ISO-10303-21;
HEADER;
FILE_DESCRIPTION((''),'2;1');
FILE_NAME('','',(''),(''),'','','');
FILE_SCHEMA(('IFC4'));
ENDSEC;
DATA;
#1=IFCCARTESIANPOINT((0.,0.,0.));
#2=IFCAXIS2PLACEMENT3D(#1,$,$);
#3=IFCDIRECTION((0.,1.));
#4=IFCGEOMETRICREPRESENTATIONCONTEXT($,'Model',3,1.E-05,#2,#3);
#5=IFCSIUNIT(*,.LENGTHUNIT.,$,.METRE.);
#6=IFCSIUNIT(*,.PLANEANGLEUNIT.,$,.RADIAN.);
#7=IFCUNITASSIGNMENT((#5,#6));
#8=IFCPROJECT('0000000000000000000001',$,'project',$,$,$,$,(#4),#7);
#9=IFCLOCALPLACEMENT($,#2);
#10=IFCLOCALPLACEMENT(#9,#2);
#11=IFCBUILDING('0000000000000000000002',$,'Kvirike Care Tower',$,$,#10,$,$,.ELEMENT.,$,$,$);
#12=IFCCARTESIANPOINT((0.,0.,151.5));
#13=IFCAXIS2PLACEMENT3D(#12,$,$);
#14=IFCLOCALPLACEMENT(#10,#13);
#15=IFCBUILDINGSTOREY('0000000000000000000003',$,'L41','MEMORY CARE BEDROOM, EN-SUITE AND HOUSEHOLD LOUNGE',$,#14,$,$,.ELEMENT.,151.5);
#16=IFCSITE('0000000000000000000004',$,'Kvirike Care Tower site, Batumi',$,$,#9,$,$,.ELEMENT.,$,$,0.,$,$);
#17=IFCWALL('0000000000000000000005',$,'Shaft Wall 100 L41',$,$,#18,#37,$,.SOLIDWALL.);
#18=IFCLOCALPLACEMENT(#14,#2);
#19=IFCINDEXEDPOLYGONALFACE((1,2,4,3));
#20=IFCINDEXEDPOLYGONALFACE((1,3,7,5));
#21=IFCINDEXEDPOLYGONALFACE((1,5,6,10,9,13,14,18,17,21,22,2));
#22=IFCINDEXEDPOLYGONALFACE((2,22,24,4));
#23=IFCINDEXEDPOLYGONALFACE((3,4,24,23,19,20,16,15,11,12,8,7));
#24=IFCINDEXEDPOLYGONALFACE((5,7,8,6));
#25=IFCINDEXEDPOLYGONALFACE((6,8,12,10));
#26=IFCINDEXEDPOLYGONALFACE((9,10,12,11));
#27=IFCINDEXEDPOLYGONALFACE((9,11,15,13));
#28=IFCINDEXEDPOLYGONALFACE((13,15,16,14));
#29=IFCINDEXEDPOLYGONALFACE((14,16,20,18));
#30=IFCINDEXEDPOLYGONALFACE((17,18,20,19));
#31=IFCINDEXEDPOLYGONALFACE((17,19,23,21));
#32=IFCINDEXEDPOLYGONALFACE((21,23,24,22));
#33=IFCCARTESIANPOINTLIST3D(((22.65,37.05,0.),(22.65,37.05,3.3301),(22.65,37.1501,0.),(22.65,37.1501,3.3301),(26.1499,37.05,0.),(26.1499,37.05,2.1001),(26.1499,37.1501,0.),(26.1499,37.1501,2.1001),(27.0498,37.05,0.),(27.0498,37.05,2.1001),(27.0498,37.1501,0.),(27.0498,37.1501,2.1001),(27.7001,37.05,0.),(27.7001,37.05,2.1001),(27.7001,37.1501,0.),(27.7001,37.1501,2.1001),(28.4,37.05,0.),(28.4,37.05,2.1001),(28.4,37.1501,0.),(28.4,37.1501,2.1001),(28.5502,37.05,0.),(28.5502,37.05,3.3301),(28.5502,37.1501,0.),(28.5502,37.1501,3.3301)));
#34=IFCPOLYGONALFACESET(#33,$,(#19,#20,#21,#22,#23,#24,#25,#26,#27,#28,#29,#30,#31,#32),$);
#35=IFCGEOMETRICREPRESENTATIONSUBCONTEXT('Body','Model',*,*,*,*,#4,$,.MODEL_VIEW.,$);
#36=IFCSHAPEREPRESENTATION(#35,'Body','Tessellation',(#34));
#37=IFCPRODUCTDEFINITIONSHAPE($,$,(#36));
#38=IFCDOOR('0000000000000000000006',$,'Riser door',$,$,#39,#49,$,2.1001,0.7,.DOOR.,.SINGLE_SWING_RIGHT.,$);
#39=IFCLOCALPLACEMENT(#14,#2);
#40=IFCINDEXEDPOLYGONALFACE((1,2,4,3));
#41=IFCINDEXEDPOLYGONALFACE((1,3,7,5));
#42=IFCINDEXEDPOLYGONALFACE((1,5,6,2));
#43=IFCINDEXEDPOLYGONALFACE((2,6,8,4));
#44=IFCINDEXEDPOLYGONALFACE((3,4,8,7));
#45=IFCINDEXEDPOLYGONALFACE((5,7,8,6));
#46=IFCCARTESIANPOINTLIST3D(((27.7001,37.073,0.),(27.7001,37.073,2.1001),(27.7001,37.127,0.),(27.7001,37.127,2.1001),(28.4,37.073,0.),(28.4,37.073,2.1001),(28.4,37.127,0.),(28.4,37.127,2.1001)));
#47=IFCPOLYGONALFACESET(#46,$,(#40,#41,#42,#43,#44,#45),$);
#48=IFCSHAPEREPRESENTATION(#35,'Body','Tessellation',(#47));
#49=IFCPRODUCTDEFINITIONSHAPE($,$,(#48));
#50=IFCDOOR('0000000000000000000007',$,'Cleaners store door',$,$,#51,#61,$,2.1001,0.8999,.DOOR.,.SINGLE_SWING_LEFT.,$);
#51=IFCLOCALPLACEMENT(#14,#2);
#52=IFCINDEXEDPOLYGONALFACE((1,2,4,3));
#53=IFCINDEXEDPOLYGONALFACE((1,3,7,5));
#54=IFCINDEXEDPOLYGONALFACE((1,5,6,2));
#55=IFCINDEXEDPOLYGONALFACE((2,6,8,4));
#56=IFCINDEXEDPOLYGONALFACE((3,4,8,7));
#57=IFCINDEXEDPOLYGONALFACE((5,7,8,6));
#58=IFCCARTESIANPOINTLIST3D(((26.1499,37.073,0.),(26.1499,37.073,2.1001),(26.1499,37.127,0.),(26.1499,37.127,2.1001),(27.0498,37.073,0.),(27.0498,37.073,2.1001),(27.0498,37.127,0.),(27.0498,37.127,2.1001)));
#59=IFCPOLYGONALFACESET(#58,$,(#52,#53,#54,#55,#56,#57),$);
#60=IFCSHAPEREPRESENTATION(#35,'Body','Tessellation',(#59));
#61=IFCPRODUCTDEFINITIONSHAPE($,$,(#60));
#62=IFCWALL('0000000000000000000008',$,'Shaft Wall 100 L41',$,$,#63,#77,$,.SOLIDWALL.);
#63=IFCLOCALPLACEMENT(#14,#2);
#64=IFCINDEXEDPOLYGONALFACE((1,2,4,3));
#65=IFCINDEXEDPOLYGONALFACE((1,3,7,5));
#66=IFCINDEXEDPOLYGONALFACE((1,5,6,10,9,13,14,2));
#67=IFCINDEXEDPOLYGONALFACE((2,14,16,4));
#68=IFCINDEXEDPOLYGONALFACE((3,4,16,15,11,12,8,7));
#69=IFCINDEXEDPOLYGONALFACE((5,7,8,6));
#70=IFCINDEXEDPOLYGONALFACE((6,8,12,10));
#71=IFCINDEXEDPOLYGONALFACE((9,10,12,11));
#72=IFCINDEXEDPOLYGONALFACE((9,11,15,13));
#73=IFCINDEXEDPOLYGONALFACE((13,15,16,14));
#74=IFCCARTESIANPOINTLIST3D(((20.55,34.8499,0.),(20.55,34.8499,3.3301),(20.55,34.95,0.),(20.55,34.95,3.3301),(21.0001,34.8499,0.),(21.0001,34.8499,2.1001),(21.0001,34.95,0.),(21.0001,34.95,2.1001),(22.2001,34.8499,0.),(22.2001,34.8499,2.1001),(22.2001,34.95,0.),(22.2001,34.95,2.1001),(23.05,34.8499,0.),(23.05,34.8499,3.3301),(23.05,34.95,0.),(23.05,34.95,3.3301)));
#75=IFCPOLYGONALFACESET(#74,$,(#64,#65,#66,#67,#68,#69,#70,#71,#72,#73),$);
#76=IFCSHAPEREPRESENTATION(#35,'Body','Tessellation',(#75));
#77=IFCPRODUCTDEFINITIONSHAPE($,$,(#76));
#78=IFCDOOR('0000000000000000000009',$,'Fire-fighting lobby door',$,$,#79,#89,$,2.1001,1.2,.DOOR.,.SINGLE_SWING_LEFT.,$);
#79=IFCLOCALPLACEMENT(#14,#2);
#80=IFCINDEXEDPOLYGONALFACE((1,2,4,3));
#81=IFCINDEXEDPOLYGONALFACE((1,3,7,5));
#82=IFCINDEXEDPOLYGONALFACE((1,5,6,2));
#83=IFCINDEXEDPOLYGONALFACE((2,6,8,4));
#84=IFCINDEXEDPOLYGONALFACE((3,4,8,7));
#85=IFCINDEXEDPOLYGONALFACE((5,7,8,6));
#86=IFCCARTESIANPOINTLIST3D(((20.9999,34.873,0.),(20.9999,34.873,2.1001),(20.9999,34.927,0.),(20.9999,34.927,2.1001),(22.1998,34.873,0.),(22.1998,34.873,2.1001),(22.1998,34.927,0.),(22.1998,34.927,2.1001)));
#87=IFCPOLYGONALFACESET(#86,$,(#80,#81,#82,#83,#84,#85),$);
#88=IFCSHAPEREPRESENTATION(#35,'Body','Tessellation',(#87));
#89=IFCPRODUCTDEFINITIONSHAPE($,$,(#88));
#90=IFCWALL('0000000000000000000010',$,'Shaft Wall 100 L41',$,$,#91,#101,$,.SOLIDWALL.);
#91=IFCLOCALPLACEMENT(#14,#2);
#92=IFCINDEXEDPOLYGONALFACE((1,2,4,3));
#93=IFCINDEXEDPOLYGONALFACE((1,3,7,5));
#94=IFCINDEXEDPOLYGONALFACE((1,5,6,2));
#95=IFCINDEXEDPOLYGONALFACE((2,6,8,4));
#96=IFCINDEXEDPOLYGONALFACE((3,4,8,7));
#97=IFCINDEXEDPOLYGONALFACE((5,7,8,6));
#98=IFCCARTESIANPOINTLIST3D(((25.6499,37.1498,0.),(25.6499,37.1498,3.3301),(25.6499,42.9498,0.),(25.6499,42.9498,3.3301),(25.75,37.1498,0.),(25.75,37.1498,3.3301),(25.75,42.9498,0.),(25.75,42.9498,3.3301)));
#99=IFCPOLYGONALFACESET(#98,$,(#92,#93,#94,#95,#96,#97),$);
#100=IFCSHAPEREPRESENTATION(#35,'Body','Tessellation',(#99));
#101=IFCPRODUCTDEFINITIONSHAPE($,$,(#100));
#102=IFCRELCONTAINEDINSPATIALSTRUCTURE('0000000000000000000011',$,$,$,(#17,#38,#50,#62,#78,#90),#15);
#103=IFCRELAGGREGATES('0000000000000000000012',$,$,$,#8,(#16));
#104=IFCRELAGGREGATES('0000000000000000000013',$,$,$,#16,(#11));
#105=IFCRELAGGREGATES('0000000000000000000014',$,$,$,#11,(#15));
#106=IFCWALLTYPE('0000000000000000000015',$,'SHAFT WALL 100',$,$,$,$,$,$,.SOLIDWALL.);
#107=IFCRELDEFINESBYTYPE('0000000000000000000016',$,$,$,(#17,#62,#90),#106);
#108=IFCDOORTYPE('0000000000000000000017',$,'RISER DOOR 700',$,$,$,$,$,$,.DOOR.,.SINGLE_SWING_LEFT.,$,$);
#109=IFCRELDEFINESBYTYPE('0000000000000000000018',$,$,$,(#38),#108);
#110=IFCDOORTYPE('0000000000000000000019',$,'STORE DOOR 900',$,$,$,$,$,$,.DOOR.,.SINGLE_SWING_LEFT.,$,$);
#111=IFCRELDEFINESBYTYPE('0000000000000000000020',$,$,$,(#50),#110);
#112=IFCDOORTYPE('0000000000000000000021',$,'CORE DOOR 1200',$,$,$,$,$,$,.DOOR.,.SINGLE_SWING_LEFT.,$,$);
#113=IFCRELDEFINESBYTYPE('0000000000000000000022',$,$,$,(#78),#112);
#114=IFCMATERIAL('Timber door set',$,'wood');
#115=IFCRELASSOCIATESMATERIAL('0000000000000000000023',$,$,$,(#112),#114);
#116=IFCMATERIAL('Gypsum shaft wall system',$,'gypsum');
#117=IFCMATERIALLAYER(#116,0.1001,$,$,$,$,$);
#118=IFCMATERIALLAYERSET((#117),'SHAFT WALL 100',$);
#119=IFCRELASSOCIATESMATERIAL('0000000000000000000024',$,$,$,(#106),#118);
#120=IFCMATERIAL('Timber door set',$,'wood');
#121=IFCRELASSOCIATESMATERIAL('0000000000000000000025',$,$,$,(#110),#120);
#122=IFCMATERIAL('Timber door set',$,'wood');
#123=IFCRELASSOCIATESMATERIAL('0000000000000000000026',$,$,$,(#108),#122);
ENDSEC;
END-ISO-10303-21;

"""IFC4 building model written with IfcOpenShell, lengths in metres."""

from ifc_helpers import new_model, si_unit, direction, frame, frame_2d, origin, place, context, subcontext, project, spatial, rectangle, extrude, material, layer, layer_set, type_object, element, fill, save


model = new_model("IFC4")

# Units and contexts
model_context = context("Model", 3, precision=1e-05, world=origin(), true_north=direction((0.0, 1.0)))
body_context = subcontext(model_context, "Body", "Model", "MODEL_VIEW")
ifc_project = project(units=[si_unit("LENGTHUNIT", "METRE"), si_unit("PLANEANGLEUNIT", "RADIAN")], contexts=[model_context])

# Site, building, storey
site_placement = place(None, origin())
site = spatial("IfcSite", under=ifc_project, at=site_placement, Name="Kvirike Care Tower site, Batumi", CompositionType="ELEMENT", RefElevation=0.0)
building_placement = place(site_placement, origin())
building = spatial("IfcBuilding", under=site, at=building_placement, Name="Kvirike Care Tower", CompositionType="ELEMENT")
storey_placement = place(building_placement, frame((0.0, 0.0, 151.5)))
storey = spatial("IfcBuildingStorey", under=building, at=storey_placement, Name="L41", Description="MEMORY CARE BEDROOM, EN-SUITE AND HOUSEHOLD LOUNGE", CompositionType="ELEMENT", Elevation=151.5)

# Shared definitions
ifc_material_1 = material(Name="Timber door set", Category="wood")
door_type_1 = type_object("IfcDoorType", Name="CORE DOOR 1200", OperationType="SINGLE_SWING_LEFT", PredefinedType="DOOR", material=ifc_material_1)

# Shared definitions
ifc_material_2 = material(Name="Gypsum shaft wall system", Category="gypsum")
ifc_layer_1 = layer(ifc_material_2, 0.1001)
ifc_layer_set_1 = layer_set([ifc_layer_1], Name="SHAFT WALL 100")
wall_type_1 = type_object("IfcWallType", Name="SHAFT WALL 100", PredefinedType="SOLIDWALL", material=ifc_layer_set_1)

# Shared definitions
ifc_material_3 = material(Name="Timber door set", Category="wood")
door_type_2 = type_object("IfcDoorType", Name="STORE DOOR 900", OperationType="SINGLE_SWING_LEFT", PredefinedType="DOOR", material=ifc_material_3)

# Wall, openings, doors
wall_1_placement = place(storey_placement, frame((22.6499, 37.1001, 0.0), z_axis=(0.0, 0.0, 1.0), x_axis=(1.0, 0.0, 0.0)))
wall_1 = element("IfcWall", 1, at=wall_1_placement, inside=storey, type_object=wall_type_1, Name="Shaft Wall 100 L41", PredefinedType="SOLIDWALL", context=body_context, shape_type="SweptSolid", body=[
    extrude(rectangle(XDim=5.9001, YDim=0.1001, at=frame_2d((2.9502, 0.0))), origin(), (0.0, 0.0, 1.0), 3.3301),
])
opening_1_placement = place(wall_1_placement, frame((3.5, 0.0, 0.0)))
opening_1 = element("IfcOpeningElement", 2, at=opening_1_placement, cuts=wall_1, PredefinedType="OPENING", context=body_context, shape_type="SweptSolid", body=[
    extrude(rectangle(XDim=0.8999, YDim=2.1001, at=frame_2d((0.45, 1.05))), frame((0.0, 0.0605, 0.0), z_axis=(0.0, -1.0, 0.0), x_axis=(1.0, 0.0, 0.0)), (0.0, 0.0, 1.0), 0.1211),
])
opening_2_placement = place(wall_1_placement, frame((5.05, 0.0, 0.0)))
opening_2 = element("IfcOpeningElement", 3, at=opening_2_placement, cuts=wall_1, PredefinedType="OPENING", context=body_context, shape_type="SweptSolid", body=[
    extrude(rectangle(XDim=0.7, YDim=2.1001, at=frame_2d((0.3501, 1.05))), frame((0.0, 0.0605, 0.0), z_axis=(0.0, -1.0, 0.0), x_axis=(1.0, 0.0, 0.0)), (0.0, 0.0, 1.0), 0.1211),
])
ifc_material_4 = material(Name="Timber door set", Category="wood")
door_type_3 = type_object("IfcDoorType", Name="RISER DOOR 700", OperationType="SINGLE_SWING_LEFT", PredefinedType="DOOR", material=ifc_material_4)
door_1_placement = place(opening_2_placement, origin())
door_1 = element("IfcDoor", 4, at=door_1_placement, inside=storey, type_object=door_type_3, Name="Riser door", OperationType="SINGLE_SWING_RIGHT", OverallHeight=2.1001, OverallWidth=0.7, PredefinedType="DOOR", context=body_context, shape_type="SweptSolid", body=[
    extrude(rectangle(XDim=0.7, YDim=2.1001, at=frame_2d((0.3501, 1.05))), frame((0.0, 0.0269, 0.0), z_axis=(0.0, -1.0, 0.0), x_axis=(1.0, 0.0, 0.0)), (0.0, 0.0, 1.0), 0.054),
])
fill(opening_2, door_1)
door_2_placement = place(opening_1_placement, origin())
door_2 = element("IfcDoor", 5, at=door_2_placement, inside=storey, type_object=door_type_2, Name="Cleaners store door", OperationType="SINGLE_SWING_LEFT", OverallHeight=2.1001, OverallWidth=0.8999, PredefinedType="DOOR", context=body_context, shape_type="SweptSolid", body=[
    extrude(rectangle(XDim=0.8999, YDim=2.1001, at=frame_2d((0.45, 1.05))), frame((0.0, 0.0269, 0.0), z_axis=(0.0, -1.0, 0.0), x_axis=(1.0, 0.0, 0.0)), (0.0, 0.0, 1.0), 0.054),
])
fill(opening_1, door_2)

# Wall, opening, door
wall_2_placement = place(storey_placement, frame((20.55, 34.8999, 0.0), z_axis=(0.0, 0.0, 1.0), x_axis=(1.0, 0.0, 0.0)))
wall_2 = element("IfcWall", 6, at=wall_2_placement, inside=storey, type_object=wall_type_1, Name="Shaft Wall 100 L41", PredefinedType="SOLIDWALL", context=body_context, shape_type="SweptSolid", body=[
    extrude(rectangle(XDim=2.5, YDim=0.1001, at=frame_2d((1.25, 0.0))), origin(), (0.0, 0.0, 1.0), 3.3301),
])
opening_3_placement = place(wall_2_placement, frame((0.45, 0.0, 0.0)))
opening_3 = element("IfcOpeningElement", 7, at=opening_3_placement, cuts=wall_2, PredefinedType="OPENING", context=body_context, shape_type="SweptSolid", body=[
    extrude(rectangle(XDim=1.2, YDim=2.1001, at=frame_2d((0.6001, 1.05))), frame((0.0, 0.0605, 0.0), z_axis=(0.0, -1.0, 0.0), x_axis=(1.0, 0.0, 0.0)), (0.0, 0.0, 1.0), 0.1211),
])
door_3_placement = place(opening_3_placement, frame((1.2, 0.0, 0.0), z_axis=(0.0, 0.0, 1.0), x_axis=(-1.0, 0.0, 0.0)))
door_3 = element("IfcDoor", 8, at=door_3_placement, inside=storey, type_object=door_type_1, Name="Fire-fighting lobby door", OperationType="SINGLE_SWING_LEFT", OverallHeight=2.1001, OverallWidth=1.2, PredefinedType="DOOR", context=body_context, shape_type="SweptSolid", body=[
    extrude(rectangle(XDim=1.2, YDim=2.1001, at=frame_2d((0.6001, 1.05))), frame((0.0, 0.0269, 0.0), z_axis=(0.0, -1.0, 0.0), x_axis=(1.0, 0.0, 0.0)), (0.0, 0.0, 1.0), 0.054),
])
fill(opening_3, door_3)

# Wall
wall_3_placement = place(storey_placement, frame((25.7, 37.1499, 0.0), z_axis=(0.0, 0.0, 1.0), x_axis=(0.0, 1.0, 0.0)))
element("IfcWall", 9, at=wall_3_placement, inside=storey, type_object=wall_type_1, Name="Shaft Wall 100 L41", PredefinedType="SOLIDWALL", context=body_context, shape_type="SweptSolid", body=[
    extrude(rectangle(XDim=5.8, YDim=0.1001, at=frame_2d((2.8999, 0.0))), origin(), (0.0, 0.0, 1.0), 3.3301),
])

save(model, "model.ifc")
